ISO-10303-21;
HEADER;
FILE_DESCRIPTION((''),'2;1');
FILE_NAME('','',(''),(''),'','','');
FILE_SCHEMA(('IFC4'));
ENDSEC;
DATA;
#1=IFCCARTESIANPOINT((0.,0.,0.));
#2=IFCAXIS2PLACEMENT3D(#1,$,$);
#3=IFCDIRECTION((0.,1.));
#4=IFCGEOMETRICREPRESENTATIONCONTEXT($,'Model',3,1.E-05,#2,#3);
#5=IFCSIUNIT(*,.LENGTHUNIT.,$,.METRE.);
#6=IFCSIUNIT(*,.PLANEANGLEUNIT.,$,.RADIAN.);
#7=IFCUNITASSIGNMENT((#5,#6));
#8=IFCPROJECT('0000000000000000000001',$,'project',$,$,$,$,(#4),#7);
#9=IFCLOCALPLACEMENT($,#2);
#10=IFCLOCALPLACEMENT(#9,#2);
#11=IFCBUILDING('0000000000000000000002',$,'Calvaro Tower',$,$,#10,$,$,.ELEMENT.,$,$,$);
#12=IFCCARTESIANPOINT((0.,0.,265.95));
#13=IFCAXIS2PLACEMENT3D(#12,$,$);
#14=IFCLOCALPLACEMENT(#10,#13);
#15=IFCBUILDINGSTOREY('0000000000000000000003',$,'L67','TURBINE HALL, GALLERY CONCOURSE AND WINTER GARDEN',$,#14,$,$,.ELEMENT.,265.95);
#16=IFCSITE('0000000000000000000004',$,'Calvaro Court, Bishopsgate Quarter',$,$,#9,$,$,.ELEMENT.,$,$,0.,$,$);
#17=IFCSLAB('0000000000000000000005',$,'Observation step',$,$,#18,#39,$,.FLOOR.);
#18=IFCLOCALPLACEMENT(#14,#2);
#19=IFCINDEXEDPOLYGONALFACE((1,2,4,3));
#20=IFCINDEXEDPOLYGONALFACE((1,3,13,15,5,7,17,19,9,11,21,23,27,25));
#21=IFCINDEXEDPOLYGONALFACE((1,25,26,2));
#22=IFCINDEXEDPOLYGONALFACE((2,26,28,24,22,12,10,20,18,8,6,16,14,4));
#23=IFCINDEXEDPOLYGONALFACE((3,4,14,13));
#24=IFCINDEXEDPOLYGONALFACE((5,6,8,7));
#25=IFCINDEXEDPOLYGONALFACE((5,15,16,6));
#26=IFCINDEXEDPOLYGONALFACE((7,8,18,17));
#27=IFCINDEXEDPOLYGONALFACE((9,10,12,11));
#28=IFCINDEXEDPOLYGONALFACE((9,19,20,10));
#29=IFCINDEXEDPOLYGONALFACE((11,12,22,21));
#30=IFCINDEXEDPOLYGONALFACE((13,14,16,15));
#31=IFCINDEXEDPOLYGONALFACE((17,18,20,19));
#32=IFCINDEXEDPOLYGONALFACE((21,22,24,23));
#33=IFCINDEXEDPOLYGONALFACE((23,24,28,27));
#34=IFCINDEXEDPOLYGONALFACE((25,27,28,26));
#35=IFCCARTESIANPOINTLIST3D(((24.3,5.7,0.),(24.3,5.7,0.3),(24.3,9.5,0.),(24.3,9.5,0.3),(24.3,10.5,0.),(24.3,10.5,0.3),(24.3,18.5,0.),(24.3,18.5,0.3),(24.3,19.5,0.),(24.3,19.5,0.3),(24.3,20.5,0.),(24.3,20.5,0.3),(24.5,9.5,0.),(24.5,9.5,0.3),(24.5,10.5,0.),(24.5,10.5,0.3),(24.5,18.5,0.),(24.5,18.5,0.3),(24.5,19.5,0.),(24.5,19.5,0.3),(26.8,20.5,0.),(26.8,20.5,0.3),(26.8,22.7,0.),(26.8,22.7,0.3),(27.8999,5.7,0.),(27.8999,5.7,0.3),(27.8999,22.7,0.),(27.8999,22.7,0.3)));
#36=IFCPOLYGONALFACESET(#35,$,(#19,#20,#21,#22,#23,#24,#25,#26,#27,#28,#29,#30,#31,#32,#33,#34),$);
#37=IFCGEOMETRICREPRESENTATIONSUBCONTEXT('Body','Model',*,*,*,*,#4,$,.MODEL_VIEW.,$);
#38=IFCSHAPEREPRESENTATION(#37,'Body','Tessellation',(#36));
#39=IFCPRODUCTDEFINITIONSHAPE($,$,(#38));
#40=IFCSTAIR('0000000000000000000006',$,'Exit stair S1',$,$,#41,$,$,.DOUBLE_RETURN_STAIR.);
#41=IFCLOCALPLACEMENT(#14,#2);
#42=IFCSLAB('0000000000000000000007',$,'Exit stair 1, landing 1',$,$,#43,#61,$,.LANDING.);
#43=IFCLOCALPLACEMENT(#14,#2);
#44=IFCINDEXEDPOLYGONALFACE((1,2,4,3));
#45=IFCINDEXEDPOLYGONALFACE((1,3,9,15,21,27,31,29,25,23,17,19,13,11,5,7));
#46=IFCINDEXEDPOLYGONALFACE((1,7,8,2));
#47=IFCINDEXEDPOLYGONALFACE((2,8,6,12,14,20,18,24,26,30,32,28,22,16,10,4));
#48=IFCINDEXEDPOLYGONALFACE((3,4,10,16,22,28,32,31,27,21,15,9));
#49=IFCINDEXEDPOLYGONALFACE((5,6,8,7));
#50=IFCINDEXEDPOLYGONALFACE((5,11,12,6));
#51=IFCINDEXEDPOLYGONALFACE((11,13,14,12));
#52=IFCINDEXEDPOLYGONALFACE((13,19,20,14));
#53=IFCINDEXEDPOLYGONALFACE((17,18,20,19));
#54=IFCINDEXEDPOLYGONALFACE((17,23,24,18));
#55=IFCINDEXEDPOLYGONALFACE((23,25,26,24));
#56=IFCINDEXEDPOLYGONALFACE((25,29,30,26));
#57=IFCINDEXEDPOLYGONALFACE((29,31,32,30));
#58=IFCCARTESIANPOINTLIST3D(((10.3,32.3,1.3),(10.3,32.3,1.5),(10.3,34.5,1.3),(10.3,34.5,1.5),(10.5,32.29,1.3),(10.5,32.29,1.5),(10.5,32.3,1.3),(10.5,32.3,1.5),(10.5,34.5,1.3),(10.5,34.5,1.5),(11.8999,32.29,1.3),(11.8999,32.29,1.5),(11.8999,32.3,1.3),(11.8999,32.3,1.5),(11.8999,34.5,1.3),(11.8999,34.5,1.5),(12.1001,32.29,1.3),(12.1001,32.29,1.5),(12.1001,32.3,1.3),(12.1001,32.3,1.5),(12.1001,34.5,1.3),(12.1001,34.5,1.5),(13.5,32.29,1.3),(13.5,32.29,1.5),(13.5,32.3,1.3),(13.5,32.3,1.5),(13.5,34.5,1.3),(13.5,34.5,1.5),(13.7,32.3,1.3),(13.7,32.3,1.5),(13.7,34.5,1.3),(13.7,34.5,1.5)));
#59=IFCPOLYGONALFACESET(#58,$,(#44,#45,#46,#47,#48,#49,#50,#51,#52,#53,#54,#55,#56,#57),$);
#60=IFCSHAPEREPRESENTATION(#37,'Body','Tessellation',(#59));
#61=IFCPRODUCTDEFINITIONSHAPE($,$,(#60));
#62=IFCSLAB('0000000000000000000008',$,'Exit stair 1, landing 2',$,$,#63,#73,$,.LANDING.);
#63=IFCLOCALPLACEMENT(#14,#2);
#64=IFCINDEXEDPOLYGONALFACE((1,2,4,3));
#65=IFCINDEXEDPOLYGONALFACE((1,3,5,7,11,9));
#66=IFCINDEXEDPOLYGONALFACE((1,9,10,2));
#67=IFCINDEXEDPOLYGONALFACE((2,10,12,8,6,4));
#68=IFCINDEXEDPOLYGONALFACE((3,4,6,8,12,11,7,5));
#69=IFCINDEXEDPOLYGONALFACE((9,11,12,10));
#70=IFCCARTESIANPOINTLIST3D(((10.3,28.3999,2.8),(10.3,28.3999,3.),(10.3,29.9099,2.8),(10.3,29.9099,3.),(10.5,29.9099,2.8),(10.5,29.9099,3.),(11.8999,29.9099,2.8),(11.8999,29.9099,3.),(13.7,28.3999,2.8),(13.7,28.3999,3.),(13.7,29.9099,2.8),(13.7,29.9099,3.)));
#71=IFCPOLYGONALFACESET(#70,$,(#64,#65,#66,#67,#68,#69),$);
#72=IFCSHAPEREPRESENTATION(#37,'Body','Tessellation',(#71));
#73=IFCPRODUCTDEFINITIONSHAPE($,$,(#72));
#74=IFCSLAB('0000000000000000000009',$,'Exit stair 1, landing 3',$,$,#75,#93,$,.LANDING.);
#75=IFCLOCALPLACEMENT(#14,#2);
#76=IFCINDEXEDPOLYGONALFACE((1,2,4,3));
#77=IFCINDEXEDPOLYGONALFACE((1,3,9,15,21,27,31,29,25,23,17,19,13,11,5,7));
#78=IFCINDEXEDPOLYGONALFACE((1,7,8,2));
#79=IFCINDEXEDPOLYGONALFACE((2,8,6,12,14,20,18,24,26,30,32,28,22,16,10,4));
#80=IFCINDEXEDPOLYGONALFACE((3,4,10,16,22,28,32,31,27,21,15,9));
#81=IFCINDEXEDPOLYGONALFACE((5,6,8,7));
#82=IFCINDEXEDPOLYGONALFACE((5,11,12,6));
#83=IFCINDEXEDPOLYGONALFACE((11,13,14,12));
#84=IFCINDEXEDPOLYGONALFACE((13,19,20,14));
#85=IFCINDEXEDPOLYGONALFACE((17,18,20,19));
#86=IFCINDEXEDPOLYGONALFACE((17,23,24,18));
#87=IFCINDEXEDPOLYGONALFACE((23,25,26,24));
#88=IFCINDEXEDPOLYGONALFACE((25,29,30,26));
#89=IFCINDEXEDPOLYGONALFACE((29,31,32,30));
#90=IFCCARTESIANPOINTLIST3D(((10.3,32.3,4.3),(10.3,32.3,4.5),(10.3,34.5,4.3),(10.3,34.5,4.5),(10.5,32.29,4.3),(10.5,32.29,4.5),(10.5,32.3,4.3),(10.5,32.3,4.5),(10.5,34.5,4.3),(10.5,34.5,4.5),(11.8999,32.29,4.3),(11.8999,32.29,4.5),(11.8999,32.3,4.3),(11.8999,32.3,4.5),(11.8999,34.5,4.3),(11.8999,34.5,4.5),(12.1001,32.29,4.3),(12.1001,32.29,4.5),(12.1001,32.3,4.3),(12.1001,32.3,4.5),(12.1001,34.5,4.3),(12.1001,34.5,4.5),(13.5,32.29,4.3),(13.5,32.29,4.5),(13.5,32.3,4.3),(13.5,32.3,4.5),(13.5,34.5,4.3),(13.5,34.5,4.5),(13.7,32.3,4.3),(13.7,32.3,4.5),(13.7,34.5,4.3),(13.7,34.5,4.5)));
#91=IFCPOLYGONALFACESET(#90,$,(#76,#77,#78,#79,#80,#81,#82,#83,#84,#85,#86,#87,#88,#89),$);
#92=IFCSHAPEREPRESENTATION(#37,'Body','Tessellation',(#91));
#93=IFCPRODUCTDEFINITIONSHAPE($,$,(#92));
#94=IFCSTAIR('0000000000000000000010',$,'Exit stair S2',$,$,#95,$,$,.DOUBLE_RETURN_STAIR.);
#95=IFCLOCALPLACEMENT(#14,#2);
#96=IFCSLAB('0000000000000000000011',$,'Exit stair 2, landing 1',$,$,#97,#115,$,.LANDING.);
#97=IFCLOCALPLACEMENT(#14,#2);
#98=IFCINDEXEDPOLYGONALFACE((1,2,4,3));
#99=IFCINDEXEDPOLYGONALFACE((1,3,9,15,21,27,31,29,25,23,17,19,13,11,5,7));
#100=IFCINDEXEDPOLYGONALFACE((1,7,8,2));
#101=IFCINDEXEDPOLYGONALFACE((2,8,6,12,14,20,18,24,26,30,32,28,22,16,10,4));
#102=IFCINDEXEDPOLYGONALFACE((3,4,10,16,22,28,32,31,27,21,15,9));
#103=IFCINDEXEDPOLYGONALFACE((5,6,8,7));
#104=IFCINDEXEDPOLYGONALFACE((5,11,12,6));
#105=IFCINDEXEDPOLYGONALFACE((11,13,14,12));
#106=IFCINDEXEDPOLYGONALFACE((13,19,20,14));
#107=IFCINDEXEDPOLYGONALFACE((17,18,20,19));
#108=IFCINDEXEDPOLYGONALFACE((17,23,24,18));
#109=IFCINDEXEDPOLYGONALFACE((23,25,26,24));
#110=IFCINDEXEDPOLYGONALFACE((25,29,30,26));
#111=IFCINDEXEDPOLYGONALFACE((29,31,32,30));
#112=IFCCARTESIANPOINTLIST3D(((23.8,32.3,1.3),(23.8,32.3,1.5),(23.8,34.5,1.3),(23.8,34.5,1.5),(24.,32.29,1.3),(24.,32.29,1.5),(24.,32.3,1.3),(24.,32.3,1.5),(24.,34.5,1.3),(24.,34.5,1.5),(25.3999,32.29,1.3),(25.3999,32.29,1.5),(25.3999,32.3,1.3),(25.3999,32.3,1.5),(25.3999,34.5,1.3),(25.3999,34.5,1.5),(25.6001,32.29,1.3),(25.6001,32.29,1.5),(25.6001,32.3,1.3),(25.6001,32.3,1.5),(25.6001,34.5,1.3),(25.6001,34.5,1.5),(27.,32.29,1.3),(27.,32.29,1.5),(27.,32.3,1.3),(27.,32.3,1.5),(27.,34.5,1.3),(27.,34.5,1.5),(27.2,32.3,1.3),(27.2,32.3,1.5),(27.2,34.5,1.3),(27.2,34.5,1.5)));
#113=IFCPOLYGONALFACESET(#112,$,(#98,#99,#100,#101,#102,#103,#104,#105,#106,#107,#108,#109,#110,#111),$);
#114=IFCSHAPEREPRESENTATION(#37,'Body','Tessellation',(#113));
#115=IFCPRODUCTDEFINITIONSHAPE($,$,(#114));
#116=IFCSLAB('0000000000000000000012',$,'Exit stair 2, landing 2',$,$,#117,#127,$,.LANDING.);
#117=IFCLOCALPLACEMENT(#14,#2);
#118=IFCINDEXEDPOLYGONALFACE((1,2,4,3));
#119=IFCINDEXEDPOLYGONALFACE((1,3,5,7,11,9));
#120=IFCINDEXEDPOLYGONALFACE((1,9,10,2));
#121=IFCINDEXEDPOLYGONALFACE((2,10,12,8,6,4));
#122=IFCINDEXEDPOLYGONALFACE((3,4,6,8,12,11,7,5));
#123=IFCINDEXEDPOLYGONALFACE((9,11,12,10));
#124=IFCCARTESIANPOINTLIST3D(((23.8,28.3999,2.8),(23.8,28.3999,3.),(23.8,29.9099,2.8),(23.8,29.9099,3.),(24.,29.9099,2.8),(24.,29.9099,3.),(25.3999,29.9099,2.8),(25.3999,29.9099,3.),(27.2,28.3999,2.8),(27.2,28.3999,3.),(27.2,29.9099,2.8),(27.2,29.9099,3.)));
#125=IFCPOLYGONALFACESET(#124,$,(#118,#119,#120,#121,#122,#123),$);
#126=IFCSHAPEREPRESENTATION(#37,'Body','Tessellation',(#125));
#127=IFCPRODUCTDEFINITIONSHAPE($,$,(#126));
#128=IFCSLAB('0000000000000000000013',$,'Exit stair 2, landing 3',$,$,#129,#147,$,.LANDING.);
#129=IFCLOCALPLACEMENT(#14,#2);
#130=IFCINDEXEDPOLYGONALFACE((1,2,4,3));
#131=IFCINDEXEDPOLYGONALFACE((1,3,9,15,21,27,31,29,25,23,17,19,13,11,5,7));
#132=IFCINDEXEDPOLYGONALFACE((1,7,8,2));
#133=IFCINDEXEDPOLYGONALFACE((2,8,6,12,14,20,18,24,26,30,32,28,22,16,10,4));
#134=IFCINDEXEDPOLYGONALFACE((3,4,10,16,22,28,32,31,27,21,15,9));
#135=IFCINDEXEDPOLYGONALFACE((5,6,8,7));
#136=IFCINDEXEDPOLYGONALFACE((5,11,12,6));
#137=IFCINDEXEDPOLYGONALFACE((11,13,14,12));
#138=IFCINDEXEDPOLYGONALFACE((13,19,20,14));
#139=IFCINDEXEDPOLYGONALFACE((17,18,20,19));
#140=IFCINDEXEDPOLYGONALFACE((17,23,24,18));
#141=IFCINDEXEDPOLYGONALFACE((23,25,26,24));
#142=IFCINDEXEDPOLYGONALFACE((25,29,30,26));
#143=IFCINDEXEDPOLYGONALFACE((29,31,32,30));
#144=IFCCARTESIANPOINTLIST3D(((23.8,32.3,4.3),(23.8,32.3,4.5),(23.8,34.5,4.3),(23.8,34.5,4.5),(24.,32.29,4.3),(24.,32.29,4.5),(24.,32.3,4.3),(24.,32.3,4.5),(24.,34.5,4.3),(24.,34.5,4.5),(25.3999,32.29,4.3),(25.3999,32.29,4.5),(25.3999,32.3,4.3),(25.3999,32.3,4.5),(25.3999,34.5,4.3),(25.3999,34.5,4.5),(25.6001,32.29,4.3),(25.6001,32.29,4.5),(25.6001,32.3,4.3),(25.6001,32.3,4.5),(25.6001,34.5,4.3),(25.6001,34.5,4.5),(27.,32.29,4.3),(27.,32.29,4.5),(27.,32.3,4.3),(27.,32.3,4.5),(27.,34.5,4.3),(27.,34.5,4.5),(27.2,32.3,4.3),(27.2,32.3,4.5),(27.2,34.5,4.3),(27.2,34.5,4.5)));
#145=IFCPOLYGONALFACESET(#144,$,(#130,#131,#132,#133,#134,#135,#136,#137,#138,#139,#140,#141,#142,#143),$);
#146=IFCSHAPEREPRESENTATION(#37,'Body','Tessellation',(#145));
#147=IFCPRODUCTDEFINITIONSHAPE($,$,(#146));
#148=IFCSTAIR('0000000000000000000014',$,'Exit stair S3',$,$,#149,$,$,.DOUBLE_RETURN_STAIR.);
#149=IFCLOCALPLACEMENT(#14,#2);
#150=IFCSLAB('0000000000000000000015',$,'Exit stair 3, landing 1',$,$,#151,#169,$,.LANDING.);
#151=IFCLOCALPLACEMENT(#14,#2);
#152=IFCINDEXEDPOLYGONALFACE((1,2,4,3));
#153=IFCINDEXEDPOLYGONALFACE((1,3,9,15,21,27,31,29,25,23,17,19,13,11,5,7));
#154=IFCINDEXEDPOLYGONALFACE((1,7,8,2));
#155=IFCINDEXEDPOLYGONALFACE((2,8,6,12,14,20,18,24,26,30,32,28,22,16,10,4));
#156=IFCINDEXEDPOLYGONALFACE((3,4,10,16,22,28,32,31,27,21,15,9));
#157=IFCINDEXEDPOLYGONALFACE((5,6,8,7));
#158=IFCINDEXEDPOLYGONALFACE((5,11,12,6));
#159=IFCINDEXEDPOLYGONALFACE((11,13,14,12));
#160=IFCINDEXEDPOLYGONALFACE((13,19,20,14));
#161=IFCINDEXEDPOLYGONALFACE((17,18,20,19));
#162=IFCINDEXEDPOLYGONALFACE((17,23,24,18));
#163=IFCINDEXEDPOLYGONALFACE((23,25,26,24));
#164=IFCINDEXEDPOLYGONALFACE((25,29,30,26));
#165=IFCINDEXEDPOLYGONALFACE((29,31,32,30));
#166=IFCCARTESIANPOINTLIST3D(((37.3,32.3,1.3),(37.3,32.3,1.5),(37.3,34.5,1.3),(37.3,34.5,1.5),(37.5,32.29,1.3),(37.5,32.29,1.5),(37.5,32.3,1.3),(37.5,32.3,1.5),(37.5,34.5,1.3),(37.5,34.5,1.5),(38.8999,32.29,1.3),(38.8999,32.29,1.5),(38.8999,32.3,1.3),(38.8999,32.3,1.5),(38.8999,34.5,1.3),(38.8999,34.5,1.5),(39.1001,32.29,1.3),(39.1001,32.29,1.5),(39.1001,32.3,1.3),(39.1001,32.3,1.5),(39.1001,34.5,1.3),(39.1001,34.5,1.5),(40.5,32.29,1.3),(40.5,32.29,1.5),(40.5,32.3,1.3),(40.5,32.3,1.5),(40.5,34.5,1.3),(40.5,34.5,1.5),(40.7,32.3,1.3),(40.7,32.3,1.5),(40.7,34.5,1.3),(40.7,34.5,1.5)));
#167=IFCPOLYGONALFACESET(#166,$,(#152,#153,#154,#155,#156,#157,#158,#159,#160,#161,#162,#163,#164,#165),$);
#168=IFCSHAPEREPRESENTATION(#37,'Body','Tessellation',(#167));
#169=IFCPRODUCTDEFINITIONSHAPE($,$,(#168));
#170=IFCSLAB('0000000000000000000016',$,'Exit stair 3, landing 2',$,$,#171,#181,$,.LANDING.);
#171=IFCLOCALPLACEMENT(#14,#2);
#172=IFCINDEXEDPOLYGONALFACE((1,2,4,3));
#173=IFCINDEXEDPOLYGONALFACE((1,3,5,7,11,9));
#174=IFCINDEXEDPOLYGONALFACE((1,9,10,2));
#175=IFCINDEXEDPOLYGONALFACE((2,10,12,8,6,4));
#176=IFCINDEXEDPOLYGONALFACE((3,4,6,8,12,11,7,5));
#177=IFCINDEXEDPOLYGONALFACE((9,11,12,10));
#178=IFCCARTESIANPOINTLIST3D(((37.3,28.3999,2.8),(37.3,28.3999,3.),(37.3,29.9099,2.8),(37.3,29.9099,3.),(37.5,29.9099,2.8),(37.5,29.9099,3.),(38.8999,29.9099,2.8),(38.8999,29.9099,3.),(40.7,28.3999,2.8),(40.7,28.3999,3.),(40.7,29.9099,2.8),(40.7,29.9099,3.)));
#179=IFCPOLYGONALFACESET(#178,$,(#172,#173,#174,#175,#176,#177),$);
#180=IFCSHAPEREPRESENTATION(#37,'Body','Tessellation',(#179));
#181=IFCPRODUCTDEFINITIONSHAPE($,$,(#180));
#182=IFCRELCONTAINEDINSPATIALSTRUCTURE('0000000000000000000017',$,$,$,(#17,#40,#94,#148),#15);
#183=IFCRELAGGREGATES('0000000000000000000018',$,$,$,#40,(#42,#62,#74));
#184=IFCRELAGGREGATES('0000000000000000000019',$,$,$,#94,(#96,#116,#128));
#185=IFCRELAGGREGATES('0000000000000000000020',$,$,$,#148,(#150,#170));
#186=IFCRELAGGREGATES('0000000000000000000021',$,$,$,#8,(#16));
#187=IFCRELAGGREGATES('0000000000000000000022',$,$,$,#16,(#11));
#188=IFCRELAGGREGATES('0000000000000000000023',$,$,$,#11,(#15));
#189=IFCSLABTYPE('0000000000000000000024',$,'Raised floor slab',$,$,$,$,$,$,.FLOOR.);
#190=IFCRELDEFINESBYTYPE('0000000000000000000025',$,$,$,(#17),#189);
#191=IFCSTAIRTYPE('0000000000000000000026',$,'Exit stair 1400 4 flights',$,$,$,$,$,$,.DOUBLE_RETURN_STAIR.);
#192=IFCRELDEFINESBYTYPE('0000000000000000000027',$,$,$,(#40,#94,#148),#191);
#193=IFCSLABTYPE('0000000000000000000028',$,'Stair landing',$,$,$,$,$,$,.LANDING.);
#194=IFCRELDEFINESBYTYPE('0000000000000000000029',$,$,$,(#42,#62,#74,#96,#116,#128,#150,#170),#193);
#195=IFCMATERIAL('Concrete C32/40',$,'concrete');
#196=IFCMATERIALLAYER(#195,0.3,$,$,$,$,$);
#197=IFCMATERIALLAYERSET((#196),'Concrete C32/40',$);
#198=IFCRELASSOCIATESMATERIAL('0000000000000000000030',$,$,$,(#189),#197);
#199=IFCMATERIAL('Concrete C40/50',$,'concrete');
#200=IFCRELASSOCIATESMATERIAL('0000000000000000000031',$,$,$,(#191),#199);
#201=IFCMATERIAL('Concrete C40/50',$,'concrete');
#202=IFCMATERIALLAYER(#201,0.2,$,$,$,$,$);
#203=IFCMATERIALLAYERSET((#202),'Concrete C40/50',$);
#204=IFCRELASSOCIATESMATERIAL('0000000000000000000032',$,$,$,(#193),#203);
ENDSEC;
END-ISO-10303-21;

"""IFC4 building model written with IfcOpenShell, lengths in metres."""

from ifc_helpers import new_model, si_unit, direction, frame, origin, place, context, subcontext, project, spatial, polyline, outline, extrude, material, layer, layer_set, type_object, element, aggregate, save


model = new_model("IFC4")

# Units and contexts
model_context = context("Model", 3, precision=1e-05, world=origin(), true_north=direction((0.0, 1.0)))
body_context = subcontext(model_context, "Body", "Model", "MODEL_VIEW")
ifc_project = project(units=[si_unit("LENGTHUNIT", "METRE"), si_unit("PLANEANGLEUNIT", "RADIAN")], contexts=[model_context])

# Site, building, storey
site_placement = place(None, origin())
site = spatial("IfcSite", under=ifc_project, at=site_placement, Name="Calvaro Court, Bishopsgate Quarter", CompositionType="ELEMENT", RefElevation=0.0)
building_placement = place(site_placement, origin())
building = spatial("IfcBuilding", under=site, at=building_placement, Name="Calvaro Tower", CompositionType="ELEMENT")
storey_placement = place(building_placement, frame((0.0, 0.0, 265.95)))
storey = spatial("IfcBuildingStorey", under=building, at=storey_placement, Name="L67", Description="TURBINE HALL, GALLERY CONCOURSE AND WINTER GARDEN", CompositionType="ELEMENT", Elevation=265.95)

# Slab
ifc_material_1 = material(Name="Concrete C32/40", Category="concrete")
ifc_layer_1 = layer(ifc_material_1, 0.3)
ifc_layer_set_1 = layer_set([ifc_layer_1], Name="Concrete C32/40")
slab_type_1 = type_object("IfcSlabType", Name="Raised floor slab", PredefinedType="FLOOR", material=ifc_layer_set_1)
slab_1_placement = place(storey_placement, origin())
element("IfcSlab", 1, at=slab_1_placement, inside=storey, type_object=slab_type_1, Name="Observation step", PredefinedType="FLOOR", context=body_context, shape_type="SweptSolid", body=[
    extrude(outline(polyline([(27.8999, 5.7), (24.3, 5.7), (24.3, 9.5), (24.5, 9.5), (24.5, 10.5), (24.3, 10.5), (24.3, 18.5), (24.5, 18.5), (24.5, 19.5), (24.3, 19.5), (24.3, 20.5), (26.8, 20.5), (26.8, 22.7), (27.8999, 22.7), (27.8999, 5.7)])), origin(), (0.0, 0.0, 1.0), 0.3),
])

# Stairs, slabs
ifc_material_2 = material(Name="Concrete C40/50", Category="concrete")
stair_type = type_object("IfcStairType", Name="Exit stair 1400 4 flights", PredefinedType="DOUBLE_RETURN_STAIR", material=ifc_material_2)
stair_1_placement = place(storey_placement, origin())
stair_1 = element("IfcStair", 2, at=stair_1_placement, inside=storey, type_object=stair_type, Name="Exit stair S1", PredefinedType="DOUBLE_RETURN_STAIR")
ifc_material_3 = material(Name="Concrete C40/50", Category="concrete")
ifc_layer_2 = layer(ifc_material_3, 0.2)
ifc_layer_set_2 = layer_set([ifc_layer_2], Name="Concrete C40/50")
slab_type_2 = type_object("IfcSlabType", Name="Stair landing", PredefinedType="LANDING", material=ifc_layer_set_2)
slab_2_placement = place(storey_placement, frame((0.0, 0.0, 1.3)))
slab_2 = element("IfcSlab", 3, at=slab_2_placement, type_object=slab_type_2, Name="Exit stair 1, landing 1", PredefinedType="LANDING", context=body_context, shape_type="SweptSolid", body=[
    extrude(outline(polyline([(11.8999, 32.29), (10.5, 32.29), (10.5, 32.3), (10.3, 32.3), (10.3, 34.5), (10.5, 34.5), (11.8999, 34.5), (12.1001, 34.5), (13.5, 34.5), (13.7, 34.5), (13.7, 32.3), (13.5, 32.3), (13.5, 32.29), (12.1001, 32.29), (12.1001, 32.3), (11.8999, 32.3), (11.8999, 32.29)])), origin(), (0.0, 0.0, 1.0), 0.2),
])
slab_3_placement = place(storey_placement, frame((0.0, 0.0, 2.8)))
slab_3 = element("IfcSlab", 4, at=slab_3_placement, type_object=slab_type_2, Name="Exit stair 1, landing 2", PredefinedType="LANDING", context=body_context, shape_type="SweptSolid", body=[
    extrude(outline(polyline([(13.7, 29.9099), (13.7, 28.3999), (10.3, 28.3999), (10.3, 29.9099), (10.5, 29.9099), (11.8999, 29.9099), (13.7, 29.9099)])), origin(), (0.0, 0.0, 1.0), 0.2),
])
slab_4_placement = place(storey_placement, frame((0.0, 0.0, 4.3)))
slab_4 = element("IfcSlab", 5, at=slab_4_placement, type_object=slab_type_2, Name="Exit stair 1, landing 3", PredefinedType="LANDING", context=body_context, shape_type="SweptSolid", body=[
    extrude(outline(polyline([(11.8999, 32.29), (10.5, 32.29), (10.5, 32.3), (10.3, 32.3), (10.3, 34.5), (10.5, 34.5), (11.8999, 34.5), (12.1001, 34.5), (13.5, 34.5), (13.7, 34.5), (13.7, 32.3), (13.5, 32.3), (13.5, 32.29), (12.1001, 32.29), (12.1001, 32.3), (11.8999, 32.3), (11.8999, 32.29)])), origin(), (0.0, 0.0, 1.0), 0.2),
])
aggregate(stair_1, [slab_2, slab_3, slab_4])
stair_2_placement = place(storey_placement, origin())
stair_2 = element("IfcStair", 6, at=stair_2_placement, inside=storey, type_object=stair_type, Name="Exit stair S2", PredefinedType="DOUBLE_RETURN_STAIR")
slab_5_placement = place(storey_placement, frame((0.0, 0.0, 1.3)))
slab_5 = element("IfcSlab", 7, at=slab_5_placement, type_object=slab_type_2, Name="Exit stair 2, landing 1", PredefinedType="LANDING", context=body_context, shape_type="SweptSolid", body=[
    extrude(outline(polyline([(25.3999, 32.29), (24.0, 32.29), (24.0, 32.3), (23.8, 32.3), (23.8, 34.5), (24.0, 34.5), (25.3999, 34.5), (25.6001, 34.5), (27.0, 34.5), (27.2, 34.5), (27.2, 32.3), (27.0, 32.3), (27.0, 32.29), (25.6001, 32.29), (25.6001, 32.3), (25.3999, 32.3), (25.3999, 32.29)])), origin(), (0.0, 0.0, 1.0), 0.2),
])
slab_6_placement = place(storey_placement, frame((0.0, 0.0, 2.8)))
slab_6 = element("IfcSlab", 8, at=slab_6_placement, type_object=slab_type_2, Name="Exit stair 2, landing 2", PredefinedType="LANDING", context=body_context, shape_type="SweptSolid", body=[
    extrude(outline(polyline([(27.2, 29.9099), (27.2, 28.3999), (23.8, 28.3999), (23.8, 29.9099), (24.0, 29.9099), (25.3999, 29.9099), (27.2, 29.9099)])), origin(), (0.0, 0.0, 1.0), 0.2),
])
slab_7_placement = place(storey_placement, frame((0.0, 0.0, 4.3)))
slab_7 = element("IfcSlab", 9, at=slab_7_placement, type_object=slab_type_2, Name="Exit stair 2, landing 3", PredefinedType="LANDING", context=body_context, shape_type="SweptSolid", body=[
    extrude(outline(polyline([(25.3999, 32.29), (24.0, 32.29), (24.0, 32.3), (23.8, 32.3), (23.8, 34.5), (24.0, 34.5), (25.3999, 34.5), (25.6001, 34.5), (27.0, 34.5), (27.2, 34.5), (27.2, 32.3), (27.0, 32.3), (27.0, 32.29), (25.6001, 32.29), (25.6001, 32.3), (25.3999, 32.3), (25.3999, 32.29)])), origin(), (0.0, 0.0, 1.0), 0.2),
])
aggregate(stair_2, [slab_5, slab_6, slab_7])
stair_3_placement = place(storey_placement, origin())
stair_3 = element("IfcStair", 10, at=stair_3_placement, inside=storey, type_object=stair_type, Name="Exit stair S3", PredefinedType="DOUBLE_RETURN_STAIR")
slab_8_placement = place(storey_placement, frame((0.0, 0.0, 1.3)))
slab_8 = element("IfcSlab", 11, at=slab_8_placement, type_object=slab_type_2, Name="Exit stair 3, landing 1", PredefinedType="LANDING", context=body_context, shape_type="SweptSolid", body=[
    extrude(outline(polyline([(38.8999, 32.29), (37.5, 32.29), (37.5, 32.3), (37.3, 32.3), (37.3, 34.5), (37.5, 34.5), (38.8999, 34.5), (39.1001, 34.5), (40.5, 34.5), (40.7, 34.5), (40.7, 32.3), (40.5, 32.3), (40.5, 32.29), (39.1001, 32.29), (39.1001, 32.3), (38.8999, 32.3), (38.8999, 32.29)])), origin(), (0.0, 0.0, 1.0), 0.2),
])
slab_9_placement = place(storey_placement, frame((0.0, 0.0, 2.8)))
slab_9 = element("IfcSlab", 12, at=slab_9_placement, type_object=slab_type_2, Name="Exit stair 3, landing 2", PredefinedType="LANDING", context=body_context, shape_type="SweptSolid", body=[
    extrude(outline(polyline([(40.7, 29.9099), (40.7, 28.3999), (37.3, 28.3999), (37.3, 29.9099), (37.5, 29.9099), (38.8999, 29.9099), (40.7, 29.9099)])), origin(), (0.0, 0.0, 1.0), 0.2),
])
aggregate(stair_3, [slab_8, slab_9])

save(model, "model.ifc")
